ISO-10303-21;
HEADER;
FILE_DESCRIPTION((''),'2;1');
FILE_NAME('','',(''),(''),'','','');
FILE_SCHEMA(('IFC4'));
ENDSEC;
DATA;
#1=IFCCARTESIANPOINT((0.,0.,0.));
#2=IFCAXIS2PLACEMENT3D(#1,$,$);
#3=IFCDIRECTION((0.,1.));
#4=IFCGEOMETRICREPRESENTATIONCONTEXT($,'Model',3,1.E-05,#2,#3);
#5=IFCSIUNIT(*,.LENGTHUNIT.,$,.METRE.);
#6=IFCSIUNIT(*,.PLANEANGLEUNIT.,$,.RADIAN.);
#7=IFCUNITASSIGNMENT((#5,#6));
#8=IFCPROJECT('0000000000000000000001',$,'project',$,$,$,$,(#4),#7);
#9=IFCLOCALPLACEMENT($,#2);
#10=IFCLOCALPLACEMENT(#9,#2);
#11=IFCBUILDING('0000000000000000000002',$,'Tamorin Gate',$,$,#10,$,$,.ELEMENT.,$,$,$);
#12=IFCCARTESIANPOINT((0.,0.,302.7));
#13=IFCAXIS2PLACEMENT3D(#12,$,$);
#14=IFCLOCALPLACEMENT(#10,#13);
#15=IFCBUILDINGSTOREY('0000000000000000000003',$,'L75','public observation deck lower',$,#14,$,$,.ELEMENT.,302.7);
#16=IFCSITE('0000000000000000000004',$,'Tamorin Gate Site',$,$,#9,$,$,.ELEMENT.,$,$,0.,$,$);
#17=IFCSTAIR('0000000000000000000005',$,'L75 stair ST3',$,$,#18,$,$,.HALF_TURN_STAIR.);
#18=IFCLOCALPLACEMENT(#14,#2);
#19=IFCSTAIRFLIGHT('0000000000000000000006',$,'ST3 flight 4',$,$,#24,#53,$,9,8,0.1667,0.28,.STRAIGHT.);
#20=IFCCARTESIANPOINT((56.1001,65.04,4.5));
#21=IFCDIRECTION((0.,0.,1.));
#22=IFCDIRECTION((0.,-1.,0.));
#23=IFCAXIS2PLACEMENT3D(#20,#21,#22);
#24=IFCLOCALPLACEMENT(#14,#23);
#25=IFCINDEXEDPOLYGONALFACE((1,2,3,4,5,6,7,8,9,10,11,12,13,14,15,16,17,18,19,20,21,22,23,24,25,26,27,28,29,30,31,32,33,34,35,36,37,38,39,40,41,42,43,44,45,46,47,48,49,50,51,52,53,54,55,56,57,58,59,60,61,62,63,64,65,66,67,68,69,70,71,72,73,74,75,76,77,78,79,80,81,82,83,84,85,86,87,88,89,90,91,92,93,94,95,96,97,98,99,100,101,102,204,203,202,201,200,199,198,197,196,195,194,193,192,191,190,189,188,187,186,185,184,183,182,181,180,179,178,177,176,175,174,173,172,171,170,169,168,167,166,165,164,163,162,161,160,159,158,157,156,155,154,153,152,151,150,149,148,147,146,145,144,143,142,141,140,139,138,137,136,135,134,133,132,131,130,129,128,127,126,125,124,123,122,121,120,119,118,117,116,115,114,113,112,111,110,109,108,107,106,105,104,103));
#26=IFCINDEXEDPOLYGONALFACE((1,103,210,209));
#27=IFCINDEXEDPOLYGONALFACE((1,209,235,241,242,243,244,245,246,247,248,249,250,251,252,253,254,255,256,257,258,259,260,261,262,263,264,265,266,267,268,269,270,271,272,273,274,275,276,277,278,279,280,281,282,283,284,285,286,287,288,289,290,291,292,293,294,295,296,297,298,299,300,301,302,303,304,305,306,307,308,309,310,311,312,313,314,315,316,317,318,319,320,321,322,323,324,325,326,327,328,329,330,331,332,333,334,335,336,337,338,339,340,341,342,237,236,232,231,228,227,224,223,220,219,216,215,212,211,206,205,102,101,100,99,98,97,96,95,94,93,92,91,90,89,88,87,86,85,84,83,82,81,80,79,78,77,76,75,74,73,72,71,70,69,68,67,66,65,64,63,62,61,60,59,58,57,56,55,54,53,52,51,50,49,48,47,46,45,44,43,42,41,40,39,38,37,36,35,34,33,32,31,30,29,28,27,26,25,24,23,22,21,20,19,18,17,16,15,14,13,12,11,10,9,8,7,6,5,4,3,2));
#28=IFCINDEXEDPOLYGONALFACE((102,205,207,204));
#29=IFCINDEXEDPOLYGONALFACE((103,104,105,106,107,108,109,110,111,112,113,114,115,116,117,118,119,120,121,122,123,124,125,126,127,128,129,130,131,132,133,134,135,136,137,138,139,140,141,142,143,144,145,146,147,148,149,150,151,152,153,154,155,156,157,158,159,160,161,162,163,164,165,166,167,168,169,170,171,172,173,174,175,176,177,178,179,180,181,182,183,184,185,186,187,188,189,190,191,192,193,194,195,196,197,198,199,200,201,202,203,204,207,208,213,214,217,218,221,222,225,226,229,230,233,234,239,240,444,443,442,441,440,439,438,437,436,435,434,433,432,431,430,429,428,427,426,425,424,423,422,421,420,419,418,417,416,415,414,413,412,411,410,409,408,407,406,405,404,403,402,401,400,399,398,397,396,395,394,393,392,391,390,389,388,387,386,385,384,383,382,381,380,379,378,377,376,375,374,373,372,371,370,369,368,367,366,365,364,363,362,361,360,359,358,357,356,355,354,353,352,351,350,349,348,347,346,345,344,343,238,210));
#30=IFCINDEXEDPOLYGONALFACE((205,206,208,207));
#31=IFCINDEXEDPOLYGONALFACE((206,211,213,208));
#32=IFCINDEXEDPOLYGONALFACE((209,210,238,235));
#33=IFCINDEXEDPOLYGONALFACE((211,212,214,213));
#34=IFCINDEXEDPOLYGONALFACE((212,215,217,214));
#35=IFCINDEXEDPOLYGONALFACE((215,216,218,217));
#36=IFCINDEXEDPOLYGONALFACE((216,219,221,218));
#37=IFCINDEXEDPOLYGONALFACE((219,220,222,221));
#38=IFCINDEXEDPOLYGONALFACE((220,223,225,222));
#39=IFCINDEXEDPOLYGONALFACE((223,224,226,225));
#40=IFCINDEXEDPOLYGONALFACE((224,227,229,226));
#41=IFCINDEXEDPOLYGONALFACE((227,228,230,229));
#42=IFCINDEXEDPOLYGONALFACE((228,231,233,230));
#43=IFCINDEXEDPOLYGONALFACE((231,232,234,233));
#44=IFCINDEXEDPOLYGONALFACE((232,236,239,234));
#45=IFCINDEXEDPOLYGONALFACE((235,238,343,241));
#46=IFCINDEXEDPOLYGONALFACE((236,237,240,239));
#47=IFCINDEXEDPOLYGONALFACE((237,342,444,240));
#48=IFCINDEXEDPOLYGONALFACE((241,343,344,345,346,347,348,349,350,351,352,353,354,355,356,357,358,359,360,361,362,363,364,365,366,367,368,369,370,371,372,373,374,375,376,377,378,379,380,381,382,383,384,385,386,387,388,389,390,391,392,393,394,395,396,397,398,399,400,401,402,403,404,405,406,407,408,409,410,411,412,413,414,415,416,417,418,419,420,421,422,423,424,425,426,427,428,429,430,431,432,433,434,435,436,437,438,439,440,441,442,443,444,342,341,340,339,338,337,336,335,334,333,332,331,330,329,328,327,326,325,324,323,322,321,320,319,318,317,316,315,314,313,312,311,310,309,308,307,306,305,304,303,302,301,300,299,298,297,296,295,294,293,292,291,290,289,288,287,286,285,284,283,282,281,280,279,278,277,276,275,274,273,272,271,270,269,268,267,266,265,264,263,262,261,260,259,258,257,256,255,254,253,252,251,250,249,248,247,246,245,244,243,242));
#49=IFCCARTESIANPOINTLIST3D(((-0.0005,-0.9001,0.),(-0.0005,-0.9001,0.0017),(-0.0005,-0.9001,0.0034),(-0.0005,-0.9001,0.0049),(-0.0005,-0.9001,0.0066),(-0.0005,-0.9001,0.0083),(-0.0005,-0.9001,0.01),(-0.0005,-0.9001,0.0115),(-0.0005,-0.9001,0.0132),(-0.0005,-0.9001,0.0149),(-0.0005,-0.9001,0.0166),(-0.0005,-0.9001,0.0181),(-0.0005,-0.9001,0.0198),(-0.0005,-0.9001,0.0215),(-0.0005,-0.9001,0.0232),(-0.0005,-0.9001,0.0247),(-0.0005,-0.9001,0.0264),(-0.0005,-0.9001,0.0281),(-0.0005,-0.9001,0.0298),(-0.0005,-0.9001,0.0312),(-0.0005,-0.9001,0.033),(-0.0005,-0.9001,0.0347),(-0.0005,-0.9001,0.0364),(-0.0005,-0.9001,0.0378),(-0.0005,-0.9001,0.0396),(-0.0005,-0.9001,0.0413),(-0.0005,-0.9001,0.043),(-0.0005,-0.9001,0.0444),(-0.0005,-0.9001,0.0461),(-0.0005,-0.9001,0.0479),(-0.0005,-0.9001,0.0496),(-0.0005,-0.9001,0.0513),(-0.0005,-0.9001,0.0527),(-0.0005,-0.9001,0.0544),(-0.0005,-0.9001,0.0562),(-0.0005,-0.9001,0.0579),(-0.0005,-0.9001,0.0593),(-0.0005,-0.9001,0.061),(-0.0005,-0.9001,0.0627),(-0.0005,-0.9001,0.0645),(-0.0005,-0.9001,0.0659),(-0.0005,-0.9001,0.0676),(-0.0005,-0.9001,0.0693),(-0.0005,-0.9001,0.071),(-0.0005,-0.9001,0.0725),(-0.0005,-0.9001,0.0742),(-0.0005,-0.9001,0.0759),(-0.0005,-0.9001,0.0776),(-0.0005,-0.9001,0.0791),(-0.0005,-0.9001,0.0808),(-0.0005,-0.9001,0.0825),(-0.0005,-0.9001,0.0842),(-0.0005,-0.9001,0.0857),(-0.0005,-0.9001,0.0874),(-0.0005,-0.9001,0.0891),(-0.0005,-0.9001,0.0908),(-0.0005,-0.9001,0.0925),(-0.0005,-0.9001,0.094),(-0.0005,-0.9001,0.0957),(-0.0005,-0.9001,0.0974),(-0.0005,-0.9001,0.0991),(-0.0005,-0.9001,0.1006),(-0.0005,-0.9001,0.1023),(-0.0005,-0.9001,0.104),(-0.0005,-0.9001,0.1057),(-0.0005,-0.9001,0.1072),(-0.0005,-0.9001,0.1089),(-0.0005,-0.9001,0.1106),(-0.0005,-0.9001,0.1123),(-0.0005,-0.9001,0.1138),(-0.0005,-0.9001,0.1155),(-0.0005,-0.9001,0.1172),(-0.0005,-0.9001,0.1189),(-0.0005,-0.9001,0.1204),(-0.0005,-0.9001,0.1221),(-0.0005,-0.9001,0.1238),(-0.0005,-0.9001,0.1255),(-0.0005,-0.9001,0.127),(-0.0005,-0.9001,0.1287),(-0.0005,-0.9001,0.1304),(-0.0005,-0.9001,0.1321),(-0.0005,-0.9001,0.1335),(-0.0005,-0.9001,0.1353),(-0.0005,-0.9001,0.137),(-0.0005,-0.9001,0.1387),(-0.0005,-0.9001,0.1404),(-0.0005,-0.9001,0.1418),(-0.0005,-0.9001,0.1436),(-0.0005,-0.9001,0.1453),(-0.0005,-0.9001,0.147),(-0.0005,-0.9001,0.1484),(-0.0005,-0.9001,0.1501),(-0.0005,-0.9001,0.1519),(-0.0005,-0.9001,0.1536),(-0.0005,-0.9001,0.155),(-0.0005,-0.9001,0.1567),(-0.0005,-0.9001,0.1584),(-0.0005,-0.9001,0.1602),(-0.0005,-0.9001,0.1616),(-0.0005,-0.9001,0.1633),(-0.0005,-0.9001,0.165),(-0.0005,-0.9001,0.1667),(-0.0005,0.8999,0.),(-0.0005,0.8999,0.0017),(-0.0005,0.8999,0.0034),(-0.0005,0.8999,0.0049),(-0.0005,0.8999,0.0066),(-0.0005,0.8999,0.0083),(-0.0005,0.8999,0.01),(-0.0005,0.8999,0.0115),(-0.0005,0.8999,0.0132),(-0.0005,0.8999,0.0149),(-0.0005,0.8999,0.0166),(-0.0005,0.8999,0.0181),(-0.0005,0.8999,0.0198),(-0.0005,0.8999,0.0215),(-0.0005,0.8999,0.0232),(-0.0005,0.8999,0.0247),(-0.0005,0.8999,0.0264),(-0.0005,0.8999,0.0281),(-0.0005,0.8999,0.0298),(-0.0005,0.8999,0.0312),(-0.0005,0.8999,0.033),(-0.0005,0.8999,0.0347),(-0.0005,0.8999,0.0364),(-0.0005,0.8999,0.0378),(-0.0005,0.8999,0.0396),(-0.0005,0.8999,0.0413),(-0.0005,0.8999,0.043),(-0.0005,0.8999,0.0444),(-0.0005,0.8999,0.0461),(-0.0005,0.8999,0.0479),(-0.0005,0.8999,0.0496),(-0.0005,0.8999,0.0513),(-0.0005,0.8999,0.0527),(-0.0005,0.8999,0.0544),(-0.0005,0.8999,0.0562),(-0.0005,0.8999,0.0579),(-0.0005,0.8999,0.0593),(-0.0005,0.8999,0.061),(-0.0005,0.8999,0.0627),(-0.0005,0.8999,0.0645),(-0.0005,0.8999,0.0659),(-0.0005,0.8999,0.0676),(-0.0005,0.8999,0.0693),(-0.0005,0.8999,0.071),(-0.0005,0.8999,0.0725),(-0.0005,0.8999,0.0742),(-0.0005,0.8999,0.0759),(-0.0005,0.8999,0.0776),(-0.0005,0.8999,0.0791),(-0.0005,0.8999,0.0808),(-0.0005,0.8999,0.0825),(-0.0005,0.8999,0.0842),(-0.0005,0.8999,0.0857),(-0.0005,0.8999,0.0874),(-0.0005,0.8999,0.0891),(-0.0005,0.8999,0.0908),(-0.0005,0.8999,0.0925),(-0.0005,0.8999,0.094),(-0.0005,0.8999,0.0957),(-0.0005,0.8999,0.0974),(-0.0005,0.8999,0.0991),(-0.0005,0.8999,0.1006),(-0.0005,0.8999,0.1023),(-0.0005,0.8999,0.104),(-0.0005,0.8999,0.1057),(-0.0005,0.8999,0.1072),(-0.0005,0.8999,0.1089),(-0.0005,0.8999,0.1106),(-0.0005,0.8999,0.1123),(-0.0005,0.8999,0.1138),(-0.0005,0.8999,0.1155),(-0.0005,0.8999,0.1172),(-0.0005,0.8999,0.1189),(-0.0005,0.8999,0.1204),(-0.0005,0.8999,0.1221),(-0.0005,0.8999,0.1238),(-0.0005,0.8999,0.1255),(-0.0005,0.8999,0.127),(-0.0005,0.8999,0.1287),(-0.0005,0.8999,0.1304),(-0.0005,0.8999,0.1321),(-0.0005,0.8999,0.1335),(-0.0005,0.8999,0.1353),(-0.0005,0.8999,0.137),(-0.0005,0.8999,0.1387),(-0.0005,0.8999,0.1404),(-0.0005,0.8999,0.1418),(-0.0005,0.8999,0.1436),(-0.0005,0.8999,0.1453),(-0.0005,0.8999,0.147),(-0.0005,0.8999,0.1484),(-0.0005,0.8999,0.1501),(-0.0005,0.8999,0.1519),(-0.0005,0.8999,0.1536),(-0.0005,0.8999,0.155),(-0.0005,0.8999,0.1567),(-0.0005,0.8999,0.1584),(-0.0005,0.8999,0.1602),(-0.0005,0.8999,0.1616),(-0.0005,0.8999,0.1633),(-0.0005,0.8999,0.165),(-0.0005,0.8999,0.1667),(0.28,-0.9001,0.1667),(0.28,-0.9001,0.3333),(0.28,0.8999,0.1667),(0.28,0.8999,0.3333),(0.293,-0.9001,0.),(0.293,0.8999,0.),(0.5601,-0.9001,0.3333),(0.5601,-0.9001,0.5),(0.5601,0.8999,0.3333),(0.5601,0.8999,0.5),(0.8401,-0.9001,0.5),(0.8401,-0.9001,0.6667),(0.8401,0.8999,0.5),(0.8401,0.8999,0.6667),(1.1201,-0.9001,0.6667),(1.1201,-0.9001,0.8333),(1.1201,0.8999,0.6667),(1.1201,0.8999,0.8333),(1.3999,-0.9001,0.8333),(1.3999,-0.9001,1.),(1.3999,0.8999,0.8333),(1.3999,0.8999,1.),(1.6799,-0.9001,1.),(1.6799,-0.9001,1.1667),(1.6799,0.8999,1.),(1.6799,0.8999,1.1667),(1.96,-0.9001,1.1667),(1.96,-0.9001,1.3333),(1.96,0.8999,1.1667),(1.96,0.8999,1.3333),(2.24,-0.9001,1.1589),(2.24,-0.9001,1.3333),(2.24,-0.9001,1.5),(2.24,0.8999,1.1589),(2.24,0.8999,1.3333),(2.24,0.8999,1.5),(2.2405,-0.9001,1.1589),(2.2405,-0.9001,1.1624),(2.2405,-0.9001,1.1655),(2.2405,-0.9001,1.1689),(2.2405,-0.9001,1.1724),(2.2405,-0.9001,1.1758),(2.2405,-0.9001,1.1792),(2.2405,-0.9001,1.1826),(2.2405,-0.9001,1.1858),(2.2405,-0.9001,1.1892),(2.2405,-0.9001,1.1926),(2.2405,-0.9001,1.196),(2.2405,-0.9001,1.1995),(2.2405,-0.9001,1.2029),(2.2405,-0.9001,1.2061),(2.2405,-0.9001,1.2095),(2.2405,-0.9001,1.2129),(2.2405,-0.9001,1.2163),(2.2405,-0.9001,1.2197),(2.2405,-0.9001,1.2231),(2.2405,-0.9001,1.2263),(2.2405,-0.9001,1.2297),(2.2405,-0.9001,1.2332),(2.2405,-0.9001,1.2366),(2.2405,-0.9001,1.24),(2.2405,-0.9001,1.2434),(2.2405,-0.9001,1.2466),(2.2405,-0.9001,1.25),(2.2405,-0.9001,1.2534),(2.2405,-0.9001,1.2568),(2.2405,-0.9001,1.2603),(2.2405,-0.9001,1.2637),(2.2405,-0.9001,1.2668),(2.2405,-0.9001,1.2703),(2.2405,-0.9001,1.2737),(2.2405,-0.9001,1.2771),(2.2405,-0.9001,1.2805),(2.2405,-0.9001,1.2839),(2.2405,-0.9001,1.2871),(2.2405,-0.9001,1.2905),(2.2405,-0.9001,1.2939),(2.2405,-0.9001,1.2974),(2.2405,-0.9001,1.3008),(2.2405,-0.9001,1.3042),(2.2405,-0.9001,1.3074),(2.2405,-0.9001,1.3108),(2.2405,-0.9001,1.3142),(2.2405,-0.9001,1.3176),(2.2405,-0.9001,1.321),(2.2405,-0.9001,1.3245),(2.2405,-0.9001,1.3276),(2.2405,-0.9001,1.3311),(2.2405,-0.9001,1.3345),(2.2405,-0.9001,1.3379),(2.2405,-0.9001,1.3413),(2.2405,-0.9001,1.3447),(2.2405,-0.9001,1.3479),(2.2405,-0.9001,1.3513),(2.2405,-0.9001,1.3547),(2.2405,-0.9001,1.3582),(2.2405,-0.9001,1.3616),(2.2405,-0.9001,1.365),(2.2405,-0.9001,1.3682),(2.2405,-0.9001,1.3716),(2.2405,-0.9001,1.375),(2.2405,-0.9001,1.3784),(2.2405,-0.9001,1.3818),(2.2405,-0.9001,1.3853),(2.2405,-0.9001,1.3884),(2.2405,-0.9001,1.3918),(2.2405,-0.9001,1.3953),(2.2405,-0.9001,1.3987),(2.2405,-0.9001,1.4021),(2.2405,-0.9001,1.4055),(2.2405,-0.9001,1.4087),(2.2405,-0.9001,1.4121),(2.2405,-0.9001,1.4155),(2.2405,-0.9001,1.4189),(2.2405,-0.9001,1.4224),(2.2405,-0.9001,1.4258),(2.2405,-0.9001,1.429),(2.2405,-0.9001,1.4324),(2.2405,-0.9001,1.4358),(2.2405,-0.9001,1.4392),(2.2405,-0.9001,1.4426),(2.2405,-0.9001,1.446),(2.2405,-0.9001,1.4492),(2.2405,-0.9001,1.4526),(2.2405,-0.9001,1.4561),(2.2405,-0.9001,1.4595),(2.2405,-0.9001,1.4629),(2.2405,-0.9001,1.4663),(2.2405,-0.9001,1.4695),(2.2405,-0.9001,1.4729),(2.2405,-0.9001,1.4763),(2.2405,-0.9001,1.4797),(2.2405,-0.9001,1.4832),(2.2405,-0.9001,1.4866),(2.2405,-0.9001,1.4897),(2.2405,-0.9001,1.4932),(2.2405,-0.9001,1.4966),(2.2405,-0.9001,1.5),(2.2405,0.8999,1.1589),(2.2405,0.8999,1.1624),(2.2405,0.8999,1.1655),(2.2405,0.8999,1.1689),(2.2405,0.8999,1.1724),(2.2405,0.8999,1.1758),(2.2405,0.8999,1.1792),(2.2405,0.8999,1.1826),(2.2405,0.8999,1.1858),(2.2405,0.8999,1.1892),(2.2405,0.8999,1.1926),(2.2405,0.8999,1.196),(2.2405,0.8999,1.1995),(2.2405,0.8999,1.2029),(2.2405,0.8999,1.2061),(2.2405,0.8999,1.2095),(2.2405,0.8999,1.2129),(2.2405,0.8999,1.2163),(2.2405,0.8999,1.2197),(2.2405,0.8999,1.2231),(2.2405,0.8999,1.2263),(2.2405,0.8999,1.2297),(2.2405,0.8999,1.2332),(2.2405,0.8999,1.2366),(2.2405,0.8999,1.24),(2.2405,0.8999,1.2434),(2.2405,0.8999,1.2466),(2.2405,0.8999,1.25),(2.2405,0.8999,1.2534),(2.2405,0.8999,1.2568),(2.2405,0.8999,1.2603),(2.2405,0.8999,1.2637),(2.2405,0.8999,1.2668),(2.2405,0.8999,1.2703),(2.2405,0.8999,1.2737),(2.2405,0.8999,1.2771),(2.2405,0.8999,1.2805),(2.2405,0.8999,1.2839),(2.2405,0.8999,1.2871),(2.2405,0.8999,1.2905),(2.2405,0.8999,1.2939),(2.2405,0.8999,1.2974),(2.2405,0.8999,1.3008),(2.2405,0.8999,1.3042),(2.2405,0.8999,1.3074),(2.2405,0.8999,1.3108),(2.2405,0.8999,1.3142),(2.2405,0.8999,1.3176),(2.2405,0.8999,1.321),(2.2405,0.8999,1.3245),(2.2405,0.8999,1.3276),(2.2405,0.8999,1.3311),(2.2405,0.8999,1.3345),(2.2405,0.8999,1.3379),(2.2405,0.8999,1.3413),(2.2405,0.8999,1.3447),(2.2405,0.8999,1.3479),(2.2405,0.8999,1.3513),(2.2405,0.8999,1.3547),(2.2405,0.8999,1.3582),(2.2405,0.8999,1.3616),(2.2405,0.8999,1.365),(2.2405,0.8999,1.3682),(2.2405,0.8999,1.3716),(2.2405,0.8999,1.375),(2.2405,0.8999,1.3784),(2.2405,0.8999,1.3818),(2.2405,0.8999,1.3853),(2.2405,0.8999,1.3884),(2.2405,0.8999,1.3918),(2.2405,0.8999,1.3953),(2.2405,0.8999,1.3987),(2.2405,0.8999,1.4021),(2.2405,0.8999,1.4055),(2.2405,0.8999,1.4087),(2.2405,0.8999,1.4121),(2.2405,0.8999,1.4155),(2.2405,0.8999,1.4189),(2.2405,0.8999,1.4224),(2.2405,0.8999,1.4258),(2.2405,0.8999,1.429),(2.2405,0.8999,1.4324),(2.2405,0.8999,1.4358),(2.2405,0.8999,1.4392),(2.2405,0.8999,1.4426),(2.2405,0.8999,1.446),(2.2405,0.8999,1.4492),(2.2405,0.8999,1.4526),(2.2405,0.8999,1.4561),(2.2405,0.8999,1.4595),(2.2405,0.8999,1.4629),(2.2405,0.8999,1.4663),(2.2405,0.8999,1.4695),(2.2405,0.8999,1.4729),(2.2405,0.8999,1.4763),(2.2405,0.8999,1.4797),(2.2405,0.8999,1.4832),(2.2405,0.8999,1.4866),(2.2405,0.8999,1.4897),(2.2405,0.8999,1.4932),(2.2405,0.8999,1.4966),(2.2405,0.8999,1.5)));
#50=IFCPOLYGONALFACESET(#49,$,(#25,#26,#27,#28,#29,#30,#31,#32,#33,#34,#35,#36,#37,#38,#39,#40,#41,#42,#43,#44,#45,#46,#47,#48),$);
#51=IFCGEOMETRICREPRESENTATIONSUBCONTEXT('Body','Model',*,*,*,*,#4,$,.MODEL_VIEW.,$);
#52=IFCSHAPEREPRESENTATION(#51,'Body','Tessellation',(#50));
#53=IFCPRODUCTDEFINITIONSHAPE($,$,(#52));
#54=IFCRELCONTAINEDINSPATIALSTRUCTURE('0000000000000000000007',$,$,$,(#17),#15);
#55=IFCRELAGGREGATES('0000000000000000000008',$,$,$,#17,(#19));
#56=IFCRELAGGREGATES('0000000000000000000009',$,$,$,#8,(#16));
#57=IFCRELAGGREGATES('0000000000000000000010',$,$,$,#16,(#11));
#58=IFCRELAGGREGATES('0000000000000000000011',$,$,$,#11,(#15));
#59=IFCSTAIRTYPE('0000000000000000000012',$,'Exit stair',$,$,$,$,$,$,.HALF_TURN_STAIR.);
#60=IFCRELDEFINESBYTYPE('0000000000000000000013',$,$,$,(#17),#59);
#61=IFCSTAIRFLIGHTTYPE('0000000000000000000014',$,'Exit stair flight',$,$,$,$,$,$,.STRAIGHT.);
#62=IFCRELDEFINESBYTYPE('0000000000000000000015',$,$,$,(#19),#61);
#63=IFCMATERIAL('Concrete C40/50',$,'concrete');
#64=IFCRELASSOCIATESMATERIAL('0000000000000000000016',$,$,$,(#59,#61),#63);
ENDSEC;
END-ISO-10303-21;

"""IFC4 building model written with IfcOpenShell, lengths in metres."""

from ifc_helpers import new_model, si_unit, direction, frame, origin, place, context, subcontext, project, spatial, polyline, outline, extrude, material, type_object, element, aggregate, save


model = new_model("IFC4")

# Units and contexts
model_context = context("Model", 3, precision=1e-05, world=origin(), true_north=direction((0.0, 1.0)))
body_context = subcontext(model_context, "Body", "Model", "MODEL_VIEW")
ifc_project = project(units=[si_unit("LENGTHUNIT", "METRE"), si_unit("PLANEANGLEUNIT", "RADIAN")], contexts=[model_context])

# Site, building, storey
site_placement = place(None, origin())
site = spatial("IfcSite", under=ifc_project, at=site_placement, Name="Tamorin Gate Site", CompositionType="ELEMENT", RefElevation=0.0)
building_placement = place(site_placement, origin())
building = spatial("IfcBuilding", under=site, at=building_placement, Name="Tamorin Gate", CompositionType="ELEMENT")
storey_placement = place(building_placement, frame((0.0, 0.0, 302.7)))
storey = spatial("IfcBuildingStorey", under=building, at=storey_placement, Name="L75", Description="public observation deck lower", CompositionType="ELEMENT", Elevation=302.7)

# Shared definitions
ifc_material_1 = material(Name="Concrete C40/50", Category="concrete")

# Stair, stair flight
stair_type = type_object("IfcStairType", Name="Exit stair", PredefinedType="HALF_TURN_STAIR", material=ifc_material_1)
stair_placement = place(storey_placement, origin())
stair = element("IfcStair", 1, at=stair_placement, inside=storey, type_object=stair_type, Name="L75 stair ST3", PredefinedType="HALF_TURN_STAIR")
stair_flight_type = type_object("IfcStairFlightType", Name="Exit stair flight", PredefinedType="STRAIGHT", material=ifc_material_1)
stair_flight_1_placement = place(storey_placement, frame((56.1001, 65.04, 4.5), z_axis=(0.0, 0.0, 1.0), x_axis=(0.0, -1.0, 0.0)))
stair_flight_1 = element("IfcStairFlight", 2, at=stair_flight_1_placement, type_object=stair_flight_type, Name="ST3 flight 4", NumberOfRisers=9, NumberOfTreads=8, PredefinedType="STRAIGHT", RiserHeight=0.1667, TreadLength=0.28, context=body_context, shape_type="SweptSolid", body=[
    extrude(outline(polyline([(-0.0005, 0.0), (-0.0005, 0.0017), (-0.0005, 0.0034), (-0.0005, 0.0049), (-0.0005, 0.0066), (-0.0005, 0.0083), (-0.0005, 0.01), (-0.0005, 0.0115), (-0.0005, 0.0132), (-0.0005, 0.0149), (-0.0005, 0.0166), (-0.0005, 0.0181), (-0.0005, 0.0198), (-0.0005, 0.0215), (-0.0005, 0.0232), (-0.0005, 0.0247), (-0.0005, 0.0264), (-0.0005, 0.0281), (-0.0005, 0.0298), (-0.0005, 0.0312), (-0.0005, 0.033), (-0.0005, 0.0347), (-0.0005, 0.0364), (-0.0005, 0.0378), (-0.0005, 0.0396), (-0.0005, 0.0413), (-0.0005, 0.043), (-0.0005, 0.0444), (-0.0005, 0.0461), (-0.0005, 0.0479), (-0.0005, 0.0496), (-0.0005, 0.0513), (-0.0005, 0.0527), (-0.0005, 0.0544), (-0.0005, 0.0562), (-0.0005, 0.0579), (-0.0005, 0.0593), (-0.0005, 0.061), (-0.0005, 0.0627), (-0.0005, 0.0645), (-0.0005, 0.0659), (-0.0005, 0.0676), (-0.0005, 0.0693), (-0.0005, 0.071), (-0.0005, 0.0725), (-0.0005, 0.0742), (-0.0005, 0.0759), (-0.0005, 0.0776), (-0.0005, 0.0791), (-0.0005, 0.0808), (-0.0005, 0.0825), (-0.0005, 0.0842), (-0.0005, 0.0857), (-0.0005, 0.0874), (-0.0005, 0.0891), (-0.0005, 0.0908), (-0.0005, 0.0925), (-0.0005, 0.094), (-0.0005, 0.0957), (-0.0005, 0.0974), (-0.0005, 0.0991), (-0.0005, 0.1006), (-0.0005, 0.1023), (-0.0005, 0.104), (-0.0005, 0.1057), (-0.0005, 0.1072), (-0.0005, 0.1089), (-0.0005, 0.1106), (-0.0005, 0.1123), (-0.0005, 0.1138), (-0.0005, 0.1155), (-0.0005, 0.1172), (-0.0005, 0.1189), (-0.0005, 0.1204), (-0.0005, 0.1221), (-0.0005, 0.1238), (-0.0005, 0.1255), (-0.0005, 0.127), (-0.0005, 0.1287), (-0.0005, 0.1304), (-0.0005, 0.1321), (-0.0005, 0.1335), (-0.0005, 0.1353), (-0.0005, 0.137), (-0.0005, 0.1387), (-0.0005, 0.1404), (-0.0005, 0.1418), (-0.0005, 0.1436), (-0.0005, 0.1453), (-0.0005, 0.147), (-0.0005, 0.1484), (-0.0005, 0.1501), (-0.0005, 0.1519), (-0.0005, 0.1536), (-0.0005, 0.155), (-0.0005, 0.1567), (-0.0005, 0.1584), (-0.0005, 0.1602), (-0.0005, 0.1616), (-0.0005, 0.1633), (-0.0005, 0.165), (-0.0005, 0.1667), (0.28, 0.1667), (0.28, 0.3333), (0.5601, 0.3333), (0.5601, 0.5), (0.8401, 0.5), (0.8401, 0.6667), (1.1201, 0.6667), (1.1201, 0.8333), (1.3999, 0.8333), (1.3999, 1.0), (1.6799, 1.0), (1.6799, 1.1667), (1.96, 1.1667), (1.96, 1.3333), (2.24, 1.3333), (2.24, 1.5), (2.2405, 1.5), (2.2405, 1.4966), (2.2405, 1.4932), (2.2405, 1.4897), (2.2405, 1.4866), (2.2405, 1.4832), (2.2405, 1.4797), (2.2405, 1.4763), (2.2405, 1.4729), (2.2405, 1.4695), (2.2405, 1.4663), (2.2405, 1.4629), (2.2405, 1.4595), (2.2405, 1.4561), (2.2405, 1.4526), (2.2405, 1.4492), (2.2405, 1.446), (2.2405, 1.4426), (2.2405, 1.4392), (2.2405, 1.4358), (2.2405, 1.4324), (2.2405, 1.429), (2.2405, 1.4258), (2.2405, 1.4224), (2.2405, 1.4189), (2.2405, 1.4155), (2.2405, 1.4121), (2.2405, 1.4087), (2.2405, 1.4055), (2.2405, 1.4021), (2.2405, 1.3987), (2.2405, 1.3953), (2.2405, 1.3918), (2.2405, 1.3884), (2.2405, 1.3853), (2.2405, 1.3818), (2.2405, 1.3784), (2.2405, 1.375), (2.2405, 1.3716), (2.2405, 1.3682), (2.2405, 1.365), (2.2405, 1.3616), (2.2405, 1.3582), (2.2405, 1.3547), (2.2405, 1.3513), (2.2405, 1.3479), (2.2405, 1.3447), (2.2405, 1.3413), (2.2405, 1.3379), (2.2405, 1.3345), (2.2405, 1.3311), (2.2405, 1.3276), (2.2405, 1.3245), (2.2405, 1.321), (2.2405, 1.3176), (2.2405, 1.3142), (2.2405, 1.3108), (2.2405, 1.3074), (2.2405, 1.3042), (2.2405, 1.3008), (2.2405, 1.2974), (2.2405, 1.2939), (2.2405, 1.2905), (2.2405, 1.2871), (2.2405, 1.2839), (2.2405, 1.2805), (2.2405, 1.2771), (2.2405, 1.2737), (2.2405, 1.2703), (2.2405, 1.2668), (2.2405, 1.2637), (2.2405, 1.2603), (2.2405, 1.2568), (2.2405, 1.2534), (2.2405, 1.25), (2.2405, 1.2466), (2.2405, 1.2434), (2.2405, 1.24), (2.2405, 1.2366), (2.2405, 1.2332), (2.2405, 1.2297), (2.2405, 1.2263), (2.2405, 1.2231), (2.2405, 1.2197), (2.2405, 1.2163), (2.2405, 1.2129), (2.2405, 1.2095), (2.2405, 1.2061), (2.2405, 1.2029), (2.2405, 1.1995), (2.2405, 1.196), (2.2405, 1.1926), (2.2405, 1.1892), (2.2405, 1.1858), (2.2405, 1.1826), (2.2405, 1.1792), (2.2405, 1.1758), (2.2405, 1.1724), (2.2405, 1.1689), (2.2405, 1.1655), (2.2405, 1.1624), (2.2405, 1.1589), (2.24, 1.1589), (0.293, 0.0), (-0.0005, 0.0)])), frame((0.0, 0.8999, 0.0), z_axis=(0.0, -1.0, 0.0), x_axis=(1.0, 0.0, 0.0)), (0.0, 0.0, 1.0), 1.8),
])
aggregate(stair, [stair_flight_1])

save(model, "model.ifc")
